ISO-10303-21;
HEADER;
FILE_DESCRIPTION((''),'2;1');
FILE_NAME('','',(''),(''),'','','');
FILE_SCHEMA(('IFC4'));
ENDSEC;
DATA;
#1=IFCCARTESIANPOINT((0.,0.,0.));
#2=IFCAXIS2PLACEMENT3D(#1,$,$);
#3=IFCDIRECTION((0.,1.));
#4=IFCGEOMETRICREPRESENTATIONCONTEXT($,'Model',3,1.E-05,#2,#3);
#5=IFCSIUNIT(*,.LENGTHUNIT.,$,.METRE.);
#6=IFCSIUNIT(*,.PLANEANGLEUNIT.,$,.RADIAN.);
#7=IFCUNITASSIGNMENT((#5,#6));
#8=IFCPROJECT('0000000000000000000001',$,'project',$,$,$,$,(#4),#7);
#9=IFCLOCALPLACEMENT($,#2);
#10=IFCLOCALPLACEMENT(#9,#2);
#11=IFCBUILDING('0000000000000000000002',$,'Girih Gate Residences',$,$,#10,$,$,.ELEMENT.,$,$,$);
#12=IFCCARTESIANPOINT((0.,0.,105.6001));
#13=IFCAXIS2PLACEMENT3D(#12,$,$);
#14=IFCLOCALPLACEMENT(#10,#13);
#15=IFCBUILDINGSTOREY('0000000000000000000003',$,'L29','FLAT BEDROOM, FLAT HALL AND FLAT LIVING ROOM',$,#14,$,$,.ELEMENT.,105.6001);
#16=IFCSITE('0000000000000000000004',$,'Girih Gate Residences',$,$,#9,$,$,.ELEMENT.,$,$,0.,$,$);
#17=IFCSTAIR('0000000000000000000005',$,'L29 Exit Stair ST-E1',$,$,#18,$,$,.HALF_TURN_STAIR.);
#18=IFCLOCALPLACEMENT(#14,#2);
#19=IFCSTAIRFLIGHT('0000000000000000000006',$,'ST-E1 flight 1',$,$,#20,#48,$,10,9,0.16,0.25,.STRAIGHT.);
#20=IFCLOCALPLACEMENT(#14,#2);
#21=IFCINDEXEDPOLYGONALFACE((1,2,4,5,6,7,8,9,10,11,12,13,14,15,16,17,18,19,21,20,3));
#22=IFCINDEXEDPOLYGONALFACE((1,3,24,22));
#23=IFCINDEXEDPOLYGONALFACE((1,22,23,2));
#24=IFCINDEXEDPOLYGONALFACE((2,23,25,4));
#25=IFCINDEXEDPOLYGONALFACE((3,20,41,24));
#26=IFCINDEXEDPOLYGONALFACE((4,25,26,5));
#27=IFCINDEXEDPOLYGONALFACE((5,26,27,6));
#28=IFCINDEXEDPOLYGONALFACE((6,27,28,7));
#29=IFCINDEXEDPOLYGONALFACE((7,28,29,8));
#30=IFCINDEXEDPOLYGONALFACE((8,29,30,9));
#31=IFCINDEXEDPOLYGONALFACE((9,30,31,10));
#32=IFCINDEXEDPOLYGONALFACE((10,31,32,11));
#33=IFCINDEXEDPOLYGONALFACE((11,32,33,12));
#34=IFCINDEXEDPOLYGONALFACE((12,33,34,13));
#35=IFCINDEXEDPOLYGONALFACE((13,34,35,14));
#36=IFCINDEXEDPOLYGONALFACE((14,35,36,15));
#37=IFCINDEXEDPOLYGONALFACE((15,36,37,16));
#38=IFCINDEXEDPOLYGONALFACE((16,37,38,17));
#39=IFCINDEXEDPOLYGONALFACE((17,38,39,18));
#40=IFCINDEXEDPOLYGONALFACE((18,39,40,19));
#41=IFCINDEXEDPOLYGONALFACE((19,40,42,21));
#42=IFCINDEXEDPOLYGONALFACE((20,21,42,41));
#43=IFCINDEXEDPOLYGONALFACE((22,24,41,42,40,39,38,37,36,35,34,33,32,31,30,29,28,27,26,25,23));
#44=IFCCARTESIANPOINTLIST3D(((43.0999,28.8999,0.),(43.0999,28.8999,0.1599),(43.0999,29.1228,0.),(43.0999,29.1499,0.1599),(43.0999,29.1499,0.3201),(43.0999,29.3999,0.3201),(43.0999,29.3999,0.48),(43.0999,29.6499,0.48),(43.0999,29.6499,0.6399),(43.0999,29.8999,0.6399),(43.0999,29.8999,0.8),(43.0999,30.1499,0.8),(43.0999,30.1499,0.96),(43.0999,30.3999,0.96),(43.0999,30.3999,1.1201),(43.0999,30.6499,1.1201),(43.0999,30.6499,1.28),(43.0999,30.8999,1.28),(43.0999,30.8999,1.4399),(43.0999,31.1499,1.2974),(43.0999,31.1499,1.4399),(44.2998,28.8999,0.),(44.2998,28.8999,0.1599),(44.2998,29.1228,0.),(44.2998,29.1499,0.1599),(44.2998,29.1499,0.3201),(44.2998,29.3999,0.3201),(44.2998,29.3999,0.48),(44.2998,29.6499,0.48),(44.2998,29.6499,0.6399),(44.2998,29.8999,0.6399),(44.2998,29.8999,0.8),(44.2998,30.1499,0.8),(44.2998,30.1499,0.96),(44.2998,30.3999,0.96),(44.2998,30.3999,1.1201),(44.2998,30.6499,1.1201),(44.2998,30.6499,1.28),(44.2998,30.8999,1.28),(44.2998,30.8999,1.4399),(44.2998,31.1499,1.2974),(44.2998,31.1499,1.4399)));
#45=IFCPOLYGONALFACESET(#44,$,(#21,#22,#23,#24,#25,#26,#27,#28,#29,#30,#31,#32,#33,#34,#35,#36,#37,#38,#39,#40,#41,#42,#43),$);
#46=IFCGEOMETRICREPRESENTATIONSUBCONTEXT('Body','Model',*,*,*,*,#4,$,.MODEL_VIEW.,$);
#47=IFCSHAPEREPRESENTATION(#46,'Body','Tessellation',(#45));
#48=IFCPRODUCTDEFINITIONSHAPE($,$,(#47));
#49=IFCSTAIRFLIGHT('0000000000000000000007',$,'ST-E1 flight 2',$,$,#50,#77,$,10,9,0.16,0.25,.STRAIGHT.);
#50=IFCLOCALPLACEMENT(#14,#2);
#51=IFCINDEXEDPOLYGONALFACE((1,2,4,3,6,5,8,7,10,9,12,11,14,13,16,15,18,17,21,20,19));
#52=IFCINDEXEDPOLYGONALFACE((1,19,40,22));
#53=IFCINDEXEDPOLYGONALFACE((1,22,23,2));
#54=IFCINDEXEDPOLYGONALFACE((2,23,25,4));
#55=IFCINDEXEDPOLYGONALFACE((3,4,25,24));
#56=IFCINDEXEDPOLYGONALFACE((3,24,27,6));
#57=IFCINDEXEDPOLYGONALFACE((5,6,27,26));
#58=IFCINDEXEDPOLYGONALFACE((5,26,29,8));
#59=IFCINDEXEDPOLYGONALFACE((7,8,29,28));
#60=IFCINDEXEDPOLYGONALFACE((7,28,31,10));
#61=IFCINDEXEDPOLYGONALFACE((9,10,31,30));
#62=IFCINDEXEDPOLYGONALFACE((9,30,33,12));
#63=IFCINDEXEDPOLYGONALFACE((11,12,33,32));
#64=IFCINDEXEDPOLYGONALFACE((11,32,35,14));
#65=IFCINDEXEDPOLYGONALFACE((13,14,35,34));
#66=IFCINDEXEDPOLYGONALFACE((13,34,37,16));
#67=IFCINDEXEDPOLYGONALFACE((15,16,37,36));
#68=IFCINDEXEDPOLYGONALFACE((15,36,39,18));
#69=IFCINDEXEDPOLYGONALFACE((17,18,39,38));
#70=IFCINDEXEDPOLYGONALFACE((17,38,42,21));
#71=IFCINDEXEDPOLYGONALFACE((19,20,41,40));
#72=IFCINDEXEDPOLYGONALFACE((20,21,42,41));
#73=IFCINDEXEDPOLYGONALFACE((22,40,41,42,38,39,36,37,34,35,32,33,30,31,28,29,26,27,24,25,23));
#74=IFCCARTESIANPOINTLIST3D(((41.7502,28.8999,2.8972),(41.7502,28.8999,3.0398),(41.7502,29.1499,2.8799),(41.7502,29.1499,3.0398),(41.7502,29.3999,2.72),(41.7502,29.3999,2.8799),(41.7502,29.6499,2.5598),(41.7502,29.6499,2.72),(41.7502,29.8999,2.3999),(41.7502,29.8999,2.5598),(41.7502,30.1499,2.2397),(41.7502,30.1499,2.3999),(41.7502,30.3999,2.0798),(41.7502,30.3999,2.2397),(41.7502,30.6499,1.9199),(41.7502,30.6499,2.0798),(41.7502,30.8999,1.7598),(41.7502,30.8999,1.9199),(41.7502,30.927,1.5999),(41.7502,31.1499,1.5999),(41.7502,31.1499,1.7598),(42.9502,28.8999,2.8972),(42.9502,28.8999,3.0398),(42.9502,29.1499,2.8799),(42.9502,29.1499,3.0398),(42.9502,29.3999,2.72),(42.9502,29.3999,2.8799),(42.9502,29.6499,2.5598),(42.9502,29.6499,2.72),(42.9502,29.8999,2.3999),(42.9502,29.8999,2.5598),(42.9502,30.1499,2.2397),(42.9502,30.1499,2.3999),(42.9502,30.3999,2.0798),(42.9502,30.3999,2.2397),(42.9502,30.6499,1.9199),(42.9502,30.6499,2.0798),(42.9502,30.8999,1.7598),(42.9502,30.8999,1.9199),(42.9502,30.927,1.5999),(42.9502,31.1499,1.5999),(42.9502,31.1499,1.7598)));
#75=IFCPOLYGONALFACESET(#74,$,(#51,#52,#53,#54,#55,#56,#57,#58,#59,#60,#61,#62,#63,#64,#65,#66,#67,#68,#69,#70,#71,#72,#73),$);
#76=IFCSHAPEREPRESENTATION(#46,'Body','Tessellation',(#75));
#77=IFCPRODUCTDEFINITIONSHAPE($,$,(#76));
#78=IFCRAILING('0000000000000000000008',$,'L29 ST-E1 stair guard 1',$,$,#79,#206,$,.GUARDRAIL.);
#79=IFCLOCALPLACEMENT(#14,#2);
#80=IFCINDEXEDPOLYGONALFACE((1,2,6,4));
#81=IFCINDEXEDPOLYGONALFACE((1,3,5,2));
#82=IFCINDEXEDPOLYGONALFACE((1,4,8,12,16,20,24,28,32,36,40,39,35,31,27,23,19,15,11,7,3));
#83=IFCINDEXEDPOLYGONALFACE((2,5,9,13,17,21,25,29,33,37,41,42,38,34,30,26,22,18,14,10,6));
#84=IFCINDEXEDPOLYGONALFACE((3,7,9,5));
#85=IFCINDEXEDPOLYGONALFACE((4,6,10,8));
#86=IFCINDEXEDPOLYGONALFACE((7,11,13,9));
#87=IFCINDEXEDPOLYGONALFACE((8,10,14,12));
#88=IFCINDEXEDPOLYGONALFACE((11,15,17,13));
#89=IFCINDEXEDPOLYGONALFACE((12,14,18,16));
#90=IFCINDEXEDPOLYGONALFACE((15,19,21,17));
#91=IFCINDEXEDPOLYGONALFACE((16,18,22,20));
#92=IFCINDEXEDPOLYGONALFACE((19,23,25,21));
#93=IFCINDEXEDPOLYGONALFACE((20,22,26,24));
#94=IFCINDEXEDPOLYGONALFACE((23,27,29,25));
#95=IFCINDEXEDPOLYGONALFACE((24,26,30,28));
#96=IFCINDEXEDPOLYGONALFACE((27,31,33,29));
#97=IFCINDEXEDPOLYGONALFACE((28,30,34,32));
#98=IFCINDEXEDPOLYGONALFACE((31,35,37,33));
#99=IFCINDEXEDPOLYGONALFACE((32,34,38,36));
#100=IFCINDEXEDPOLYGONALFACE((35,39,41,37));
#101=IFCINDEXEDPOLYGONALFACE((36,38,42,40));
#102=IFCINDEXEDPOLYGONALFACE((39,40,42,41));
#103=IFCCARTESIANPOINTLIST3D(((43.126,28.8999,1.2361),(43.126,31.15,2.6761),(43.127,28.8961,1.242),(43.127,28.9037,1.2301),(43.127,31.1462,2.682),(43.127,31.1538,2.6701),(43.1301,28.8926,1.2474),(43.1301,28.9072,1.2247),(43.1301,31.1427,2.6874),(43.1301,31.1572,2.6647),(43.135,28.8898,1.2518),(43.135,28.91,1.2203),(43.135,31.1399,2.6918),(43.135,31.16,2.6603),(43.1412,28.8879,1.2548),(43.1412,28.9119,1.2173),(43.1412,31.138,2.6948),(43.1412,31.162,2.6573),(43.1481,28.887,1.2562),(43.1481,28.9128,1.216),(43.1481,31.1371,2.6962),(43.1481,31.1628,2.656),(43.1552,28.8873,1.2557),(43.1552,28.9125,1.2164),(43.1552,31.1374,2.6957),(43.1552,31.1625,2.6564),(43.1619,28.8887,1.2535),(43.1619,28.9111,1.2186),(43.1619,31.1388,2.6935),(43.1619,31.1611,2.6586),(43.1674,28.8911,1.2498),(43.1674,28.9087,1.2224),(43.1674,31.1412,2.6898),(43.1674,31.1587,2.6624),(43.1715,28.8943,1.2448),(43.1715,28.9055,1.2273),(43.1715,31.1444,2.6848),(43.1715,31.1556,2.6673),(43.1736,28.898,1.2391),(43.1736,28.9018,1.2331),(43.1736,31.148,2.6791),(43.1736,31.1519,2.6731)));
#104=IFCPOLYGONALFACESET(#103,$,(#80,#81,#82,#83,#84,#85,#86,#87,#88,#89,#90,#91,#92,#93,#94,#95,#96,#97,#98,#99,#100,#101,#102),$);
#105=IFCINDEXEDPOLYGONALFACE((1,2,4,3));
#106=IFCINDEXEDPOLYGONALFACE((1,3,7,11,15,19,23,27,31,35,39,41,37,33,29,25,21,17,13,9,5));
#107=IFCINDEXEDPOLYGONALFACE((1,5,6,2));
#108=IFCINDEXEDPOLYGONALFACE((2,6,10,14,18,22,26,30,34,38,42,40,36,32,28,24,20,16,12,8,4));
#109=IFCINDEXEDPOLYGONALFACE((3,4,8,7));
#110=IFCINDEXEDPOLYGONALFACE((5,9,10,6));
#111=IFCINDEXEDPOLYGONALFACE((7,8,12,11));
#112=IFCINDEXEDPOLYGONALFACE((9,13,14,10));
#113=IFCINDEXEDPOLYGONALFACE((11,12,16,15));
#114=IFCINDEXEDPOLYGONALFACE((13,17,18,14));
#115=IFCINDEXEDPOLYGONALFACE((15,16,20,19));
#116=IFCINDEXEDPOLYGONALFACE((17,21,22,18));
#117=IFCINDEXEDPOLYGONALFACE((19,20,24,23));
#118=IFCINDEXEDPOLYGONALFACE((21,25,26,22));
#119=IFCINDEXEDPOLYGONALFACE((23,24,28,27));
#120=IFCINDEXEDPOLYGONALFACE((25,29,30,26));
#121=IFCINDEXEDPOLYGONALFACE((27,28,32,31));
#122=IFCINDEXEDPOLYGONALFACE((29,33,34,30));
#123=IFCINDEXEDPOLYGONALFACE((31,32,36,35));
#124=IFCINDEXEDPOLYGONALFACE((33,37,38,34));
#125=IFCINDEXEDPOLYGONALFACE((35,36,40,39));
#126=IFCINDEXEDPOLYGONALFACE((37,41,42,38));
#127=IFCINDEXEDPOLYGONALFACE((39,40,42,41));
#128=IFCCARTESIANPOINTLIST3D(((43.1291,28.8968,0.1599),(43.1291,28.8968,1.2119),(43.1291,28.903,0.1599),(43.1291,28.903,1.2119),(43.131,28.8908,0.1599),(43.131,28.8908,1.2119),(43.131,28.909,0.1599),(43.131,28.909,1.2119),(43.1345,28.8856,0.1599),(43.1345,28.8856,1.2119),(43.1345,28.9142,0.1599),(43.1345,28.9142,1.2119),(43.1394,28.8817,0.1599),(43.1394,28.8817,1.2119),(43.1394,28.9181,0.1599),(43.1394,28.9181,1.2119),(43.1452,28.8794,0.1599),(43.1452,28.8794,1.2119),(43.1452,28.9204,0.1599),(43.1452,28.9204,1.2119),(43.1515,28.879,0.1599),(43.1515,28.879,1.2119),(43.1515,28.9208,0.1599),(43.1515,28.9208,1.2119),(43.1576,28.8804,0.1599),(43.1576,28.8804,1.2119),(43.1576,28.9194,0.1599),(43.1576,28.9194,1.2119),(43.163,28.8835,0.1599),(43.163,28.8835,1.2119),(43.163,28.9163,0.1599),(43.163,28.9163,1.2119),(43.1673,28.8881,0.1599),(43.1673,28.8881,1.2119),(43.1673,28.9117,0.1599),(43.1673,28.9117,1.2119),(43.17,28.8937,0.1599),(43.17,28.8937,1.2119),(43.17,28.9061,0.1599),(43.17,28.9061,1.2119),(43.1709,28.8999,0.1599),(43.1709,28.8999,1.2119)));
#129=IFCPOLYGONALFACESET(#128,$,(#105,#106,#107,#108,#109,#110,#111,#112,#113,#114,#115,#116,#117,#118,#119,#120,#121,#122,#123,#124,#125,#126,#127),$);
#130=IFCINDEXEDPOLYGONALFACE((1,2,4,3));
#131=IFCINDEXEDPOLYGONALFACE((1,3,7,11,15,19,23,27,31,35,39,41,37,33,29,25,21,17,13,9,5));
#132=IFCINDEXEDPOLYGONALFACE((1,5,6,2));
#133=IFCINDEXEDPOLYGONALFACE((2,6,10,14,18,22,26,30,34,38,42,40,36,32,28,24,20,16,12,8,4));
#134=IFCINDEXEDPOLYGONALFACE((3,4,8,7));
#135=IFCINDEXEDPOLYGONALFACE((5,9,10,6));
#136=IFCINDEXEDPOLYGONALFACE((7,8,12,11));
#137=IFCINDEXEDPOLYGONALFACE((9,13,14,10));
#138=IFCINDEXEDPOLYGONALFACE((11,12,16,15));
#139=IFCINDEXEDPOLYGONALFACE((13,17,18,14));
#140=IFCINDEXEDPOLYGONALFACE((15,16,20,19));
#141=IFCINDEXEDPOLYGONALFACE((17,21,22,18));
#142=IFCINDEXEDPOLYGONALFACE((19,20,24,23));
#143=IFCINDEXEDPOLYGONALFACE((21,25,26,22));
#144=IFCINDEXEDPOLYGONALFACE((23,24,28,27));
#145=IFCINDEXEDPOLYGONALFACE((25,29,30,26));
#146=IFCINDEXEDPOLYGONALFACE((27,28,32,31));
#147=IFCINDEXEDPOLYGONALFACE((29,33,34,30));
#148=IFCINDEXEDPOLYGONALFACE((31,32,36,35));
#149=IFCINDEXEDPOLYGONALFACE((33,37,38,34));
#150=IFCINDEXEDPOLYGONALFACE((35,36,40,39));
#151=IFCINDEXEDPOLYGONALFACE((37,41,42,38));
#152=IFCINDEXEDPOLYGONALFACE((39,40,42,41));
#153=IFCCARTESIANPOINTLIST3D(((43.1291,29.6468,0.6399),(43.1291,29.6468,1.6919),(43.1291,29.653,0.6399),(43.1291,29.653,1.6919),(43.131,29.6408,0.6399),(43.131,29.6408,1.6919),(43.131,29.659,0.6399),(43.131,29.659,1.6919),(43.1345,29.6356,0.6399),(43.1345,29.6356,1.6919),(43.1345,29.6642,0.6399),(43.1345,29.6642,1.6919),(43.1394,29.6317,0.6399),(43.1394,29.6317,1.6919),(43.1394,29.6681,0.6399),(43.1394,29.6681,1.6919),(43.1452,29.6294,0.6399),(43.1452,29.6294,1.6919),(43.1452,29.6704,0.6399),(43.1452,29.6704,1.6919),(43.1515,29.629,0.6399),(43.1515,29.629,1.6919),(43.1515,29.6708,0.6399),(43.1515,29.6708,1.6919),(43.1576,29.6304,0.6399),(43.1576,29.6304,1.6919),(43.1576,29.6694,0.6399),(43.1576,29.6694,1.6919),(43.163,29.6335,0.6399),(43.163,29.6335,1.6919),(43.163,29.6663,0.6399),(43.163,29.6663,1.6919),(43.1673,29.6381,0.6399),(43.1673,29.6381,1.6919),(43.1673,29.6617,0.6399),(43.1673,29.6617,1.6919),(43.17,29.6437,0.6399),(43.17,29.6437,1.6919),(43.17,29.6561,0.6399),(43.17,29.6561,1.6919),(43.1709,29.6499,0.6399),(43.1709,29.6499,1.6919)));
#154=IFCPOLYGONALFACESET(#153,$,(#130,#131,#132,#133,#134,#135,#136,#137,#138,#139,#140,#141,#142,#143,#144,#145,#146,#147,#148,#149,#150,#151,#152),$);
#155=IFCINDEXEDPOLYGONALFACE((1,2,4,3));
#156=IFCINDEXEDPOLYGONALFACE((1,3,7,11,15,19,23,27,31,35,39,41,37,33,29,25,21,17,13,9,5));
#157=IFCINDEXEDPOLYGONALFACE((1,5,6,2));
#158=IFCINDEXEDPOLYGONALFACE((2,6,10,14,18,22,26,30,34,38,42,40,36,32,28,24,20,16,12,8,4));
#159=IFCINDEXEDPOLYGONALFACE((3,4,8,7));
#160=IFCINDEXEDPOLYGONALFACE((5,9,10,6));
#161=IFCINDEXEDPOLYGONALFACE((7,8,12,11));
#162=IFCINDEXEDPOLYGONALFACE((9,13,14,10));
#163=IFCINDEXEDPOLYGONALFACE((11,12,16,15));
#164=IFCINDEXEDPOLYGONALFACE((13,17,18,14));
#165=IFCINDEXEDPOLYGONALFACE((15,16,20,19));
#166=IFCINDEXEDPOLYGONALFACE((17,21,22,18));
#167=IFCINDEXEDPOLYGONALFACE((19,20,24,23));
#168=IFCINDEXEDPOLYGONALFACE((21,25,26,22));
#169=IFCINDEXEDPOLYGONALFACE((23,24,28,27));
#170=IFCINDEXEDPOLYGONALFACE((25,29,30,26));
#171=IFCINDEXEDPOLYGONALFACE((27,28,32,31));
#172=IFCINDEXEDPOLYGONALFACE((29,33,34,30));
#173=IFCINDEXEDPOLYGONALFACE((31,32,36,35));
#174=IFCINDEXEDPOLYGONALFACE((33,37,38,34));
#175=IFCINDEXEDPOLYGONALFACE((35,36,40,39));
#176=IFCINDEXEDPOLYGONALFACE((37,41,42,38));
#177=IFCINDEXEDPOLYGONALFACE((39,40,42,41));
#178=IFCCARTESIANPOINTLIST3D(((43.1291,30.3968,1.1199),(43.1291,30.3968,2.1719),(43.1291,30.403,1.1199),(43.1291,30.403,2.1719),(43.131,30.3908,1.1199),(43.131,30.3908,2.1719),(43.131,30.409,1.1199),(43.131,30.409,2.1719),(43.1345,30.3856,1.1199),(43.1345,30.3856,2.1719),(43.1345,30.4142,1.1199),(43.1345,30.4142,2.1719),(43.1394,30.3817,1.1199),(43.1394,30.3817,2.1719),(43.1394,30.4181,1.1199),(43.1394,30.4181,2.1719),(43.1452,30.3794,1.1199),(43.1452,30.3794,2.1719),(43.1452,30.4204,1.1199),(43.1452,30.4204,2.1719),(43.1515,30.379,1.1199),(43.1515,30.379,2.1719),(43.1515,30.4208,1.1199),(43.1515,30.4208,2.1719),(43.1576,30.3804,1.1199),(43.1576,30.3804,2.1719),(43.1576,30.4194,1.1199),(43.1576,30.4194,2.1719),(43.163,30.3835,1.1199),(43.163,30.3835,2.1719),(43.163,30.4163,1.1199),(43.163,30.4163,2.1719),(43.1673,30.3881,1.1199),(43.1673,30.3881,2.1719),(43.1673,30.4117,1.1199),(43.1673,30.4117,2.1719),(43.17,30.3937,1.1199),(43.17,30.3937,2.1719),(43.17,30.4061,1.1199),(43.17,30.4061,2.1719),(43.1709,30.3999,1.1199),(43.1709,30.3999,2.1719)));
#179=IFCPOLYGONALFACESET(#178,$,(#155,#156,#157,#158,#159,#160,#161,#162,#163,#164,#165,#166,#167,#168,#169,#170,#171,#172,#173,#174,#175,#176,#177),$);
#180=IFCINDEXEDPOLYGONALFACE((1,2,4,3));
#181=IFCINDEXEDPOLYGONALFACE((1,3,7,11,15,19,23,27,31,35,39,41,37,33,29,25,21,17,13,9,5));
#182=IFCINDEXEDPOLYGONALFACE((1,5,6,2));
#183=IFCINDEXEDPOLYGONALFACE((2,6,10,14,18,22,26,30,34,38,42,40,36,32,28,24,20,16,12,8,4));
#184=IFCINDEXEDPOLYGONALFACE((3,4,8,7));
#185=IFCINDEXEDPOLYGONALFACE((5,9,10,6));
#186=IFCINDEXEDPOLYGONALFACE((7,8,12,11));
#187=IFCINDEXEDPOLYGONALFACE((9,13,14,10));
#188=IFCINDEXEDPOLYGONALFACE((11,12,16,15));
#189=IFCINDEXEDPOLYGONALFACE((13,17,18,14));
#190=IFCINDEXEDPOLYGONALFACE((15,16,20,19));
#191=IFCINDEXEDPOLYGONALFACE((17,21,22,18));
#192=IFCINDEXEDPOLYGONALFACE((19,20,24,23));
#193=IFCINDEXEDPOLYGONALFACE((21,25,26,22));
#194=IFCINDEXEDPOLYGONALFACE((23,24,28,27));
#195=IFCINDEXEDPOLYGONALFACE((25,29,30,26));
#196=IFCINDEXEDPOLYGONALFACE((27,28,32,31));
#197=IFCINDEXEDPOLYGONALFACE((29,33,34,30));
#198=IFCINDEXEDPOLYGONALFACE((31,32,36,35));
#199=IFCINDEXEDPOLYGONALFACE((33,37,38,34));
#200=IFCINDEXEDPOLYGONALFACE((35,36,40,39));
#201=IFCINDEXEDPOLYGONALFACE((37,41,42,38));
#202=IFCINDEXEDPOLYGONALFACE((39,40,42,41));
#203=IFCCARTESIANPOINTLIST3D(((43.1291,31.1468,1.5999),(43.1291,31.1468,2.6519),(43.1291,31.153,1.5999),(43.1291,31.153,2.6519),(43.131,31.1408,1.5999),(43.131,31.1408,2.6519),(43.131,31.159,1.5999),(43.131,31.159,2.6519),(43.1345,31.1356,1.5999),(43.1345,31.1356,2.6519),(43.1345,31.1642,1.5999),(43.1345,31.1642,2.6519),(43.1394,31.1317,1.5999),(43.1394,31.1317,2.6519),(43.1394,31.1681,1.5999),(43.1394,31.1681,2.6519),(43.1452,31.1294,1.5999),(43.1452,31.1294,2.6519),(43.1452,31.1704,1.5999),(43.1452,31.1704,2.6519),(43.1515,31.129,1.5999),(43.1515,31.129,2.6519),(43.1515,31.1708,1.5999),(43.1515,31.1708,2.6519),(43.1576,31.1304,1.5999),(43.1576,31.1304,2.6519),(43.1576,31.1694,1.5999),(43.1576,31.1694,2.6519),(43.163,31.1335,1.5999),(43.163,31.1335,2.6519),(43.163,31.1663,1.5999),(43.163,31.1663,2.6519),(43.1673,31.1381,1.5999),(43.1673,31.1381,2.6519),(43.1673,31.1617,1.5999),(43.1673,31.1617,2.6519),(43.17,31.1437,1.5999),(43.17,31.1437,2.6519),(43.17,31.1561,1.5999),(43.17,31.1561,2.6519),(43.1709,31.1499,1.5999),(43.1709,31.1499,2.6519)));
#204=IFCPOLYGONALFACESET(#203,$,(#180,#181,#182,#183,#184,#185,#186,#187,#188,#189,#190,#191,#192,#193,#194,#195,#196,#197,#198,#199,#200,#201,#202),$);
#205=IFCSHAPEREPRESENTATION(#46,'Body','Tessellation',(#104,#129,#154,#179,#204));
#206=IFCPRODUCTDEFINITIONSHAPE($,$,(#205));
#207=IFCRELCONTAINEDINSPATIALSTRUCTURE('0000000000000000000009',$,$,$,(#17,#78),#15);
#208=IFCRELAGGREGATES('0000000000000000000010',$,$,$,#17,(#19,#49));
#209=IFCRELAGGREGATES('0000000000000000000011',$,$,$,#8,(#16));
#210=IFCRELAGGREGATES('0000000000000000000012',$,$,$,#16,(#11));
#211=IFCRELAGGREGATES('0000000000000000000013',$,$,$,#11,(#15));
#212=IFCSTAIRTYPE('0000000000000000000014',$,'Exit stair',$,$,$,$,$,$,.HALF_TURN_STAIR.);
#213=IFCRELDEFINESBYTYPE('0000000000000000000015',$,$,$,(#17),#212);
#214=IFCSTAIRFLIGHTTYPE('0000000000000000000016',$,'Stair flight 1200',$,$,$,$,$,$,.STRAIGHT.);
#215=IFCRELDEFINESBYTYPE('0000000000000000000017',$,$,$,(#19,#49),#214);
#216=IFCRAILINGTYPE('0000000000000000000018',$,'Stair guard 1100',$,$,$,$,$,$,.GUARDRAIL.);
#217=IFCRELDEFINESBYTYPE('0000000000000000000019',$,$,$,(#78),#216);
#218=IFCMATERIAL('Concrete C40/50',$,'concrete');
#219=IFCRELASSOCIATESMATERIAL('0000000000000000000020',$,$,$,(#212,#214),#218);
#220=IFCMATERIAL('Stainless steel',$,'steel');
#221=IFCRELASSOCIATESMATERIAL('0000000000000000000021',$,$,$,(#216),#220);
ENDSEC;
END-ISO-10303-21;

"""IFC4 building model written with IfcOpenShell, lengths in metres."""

from ifc_helpers import new_model, si_unit, direction, frame, origin, origin_2d, place, context, subcontext, project, spatial, polyline, circle, outline, extrude, material, type_object, element, aggregate, save


model = new_model("IFC4")

# Units and contexts
model_context = context("Model", 3, precision=1e-05, world=origin(), true_north=direction((0.0, 1.0)))
body_context = subcontext(model_context, "Body", "Model", "MODEL_VIEW")
ifc_project = project(units=[si_unit("LENGTHUNIT", "METRE"), si_unit("PLANEANGLEUNIT", "RADIAN")], contexts=[model_context])

# Site, building, storey
site_placement = place(None, origin())
site = spatial("IfcSite", under=ifc_project, at=site_placement, Name="Girih Gate Residences", CompositionType="ELEMENT", RefElevation=0.0)
building_placement = place(site_placement, origin())
building = spatial("IfcBuilding", under=site, at=building_placement, Name="Girih Gate Residences", CompositionType="ELEMENT")
storey_placement = place(building_placement, frame((0.0, 0.0, 105.6001)))
storey = spatial("IfcBuildingStorey", under=building, at=storey_placement, Name="L29", Description="FLAT BEDROOM, FLAT HALL AND FLAT LIVING ROOM", CompositionType="ELEMENT", Elevation=105.6001)

# Shared definitions
ifc_material_1 = material(Name="Concrete C40/50", Category="concrete")

# Stair, stair flights
stair_type = type_object("IfcStairType", Name="Exit stair", PredefinedType="HALF_TURN_STAIR", material=ifc_material_1)
stair_placement = place(storey_placement, origin())
stair = element("IfcStair", 1, at=stair_placement, inside=storey, type_object=stair_type, Name="L29 Exit Stair ST-E1", PredefinedType="HALF_TURN_STAIR")
stair_flight_type = type_object("IfcStairFlightType", Name="Stair flight 1200", PredefinedType="STRAIGHT", material=ifc_material_1)
stair_flight_1_placement = place(storey_placement, frame((43.7, 28.8999, 0.0), z_axis=(0.0, 0.0, 1.0), x_axis=(0.0, 1.0, 0.0)))
stair_flight_1 = element("IfcStairFlight", 2, at=stair_flight_1_placement, type_object=stair_flight_type, Name="ST-E1 flight 1", NumberOfRisers=10, NumberOfTreads=9, PredefinedType="STRAIGHT", RiserHeight=0.16, TreadLength=0.25, context=body_context, shape_type="SweptSolid", body=[
    extrude(outline(polyline([(0.0, 0.0), (0.0, 0.1599), (0.25, 0.1599), (0.25, 0.3201), (0.5, 0.3201), (0.5, 0.48), (0.75, 0.48), (0.75, 0.6399), (1.0, 0.6399), (1.0, 0.8), (1.25, 0.8), (1.25, 0.96), (1.5, 0.96), (1.5, 1.1201), (1.75, 1.1201), (1.75, 1.28), (2.0, 1.28), (2.0, 1.4399), (2.25, 1.4399), (2.25, 1.6001), (2.25, 1.2974), (0.2229, 0.0), (0.0, 0.0)])), frame((0.0, 0.6001, 0.0), z_axis=(0.0, -1.0, 0.0), x_axis=(1.0, 0.0, 0.0)), (0.0, 0.0, 1.0), 1.2),
])
stair_flight_2_placement = place(storey_placement, frame((42.3501, 31.1499, 1.5999), z_axis=(0.0, 0.0, 1.0), x_axis=(0.0, -1.0, 0.0)))
stair_flight_2 = element("IfcStairFlight", 3, at=stair_flight_2_placement, type_object=stair_flight_type, Name="ST-E1 flight 2", NumberOfRisers=10, NumberOfTreads=9, PredefinedType="STRAIGHT", RiserHeight=0.16, TreadLength=0.25, context=body_context, shape_type="SweptSolid", body=[
    extrude(outline(polyline([(0.0, 0.0), (0.0, 0.1599), (0.25, 0.1599), (0.25, 0.3201), (0.5, 0.3201), (0.5, 0.48), (0.75, 0.48), (0.75, 0.6399), (1.0, 0.6399), (1.0, 0.8), (1.25, 0.8), (1.25, 0.96), (1.5, 0.96), (1.5, 1.1201), (1.75, 1.1201), (1.75, 1.28), (2.0, 1.28), (2.0, 1.4399), (2.25, 1.4399), (2.25, 1.6001), (2.25, 1.2974), (0.2229, 0.0), (0.0, 0.0)])), frame((0.0, 0.6001, 0.0), z_axis=(0.0, -1.0, 0.0), x_axis=(1.0, 0.0, 0.0)), (0.0, 0.0, 1.0), 1.2),
])
aggregate(stair, [stair_flight_1, stair_flight_2])

# Railing
ifc_material_2 = material(Name="Stainless steel", Category="steel")
railing_type_1 = type_object("IfcRailingType", Name="Stair guard 1100", PredefinedType="GUARDRAIL", material=ifc_material_2)
railing_1_placement = place(storey_placement, frame((43.1499, 28.8999, 0.1599)))
element("IfcRailing", 4, at=railing_1_placement, inside=storey, type_object=railing_type_1, Name="L29 ST-E1 stair guard 1", PredefinedType="GUARDRAIL", context=body_context, shape_type="SweptSolid", body=[
    extrude(circle(Radius=0.0239, at=origin_2d()), frame((0.0, 0.0, 1.0762), z_axis=(0.0, 0.842281, 0.539038), x_axis=(-1.0, 0.0, 0.0)), (0.0, 0.0, 1.0), 2.6714),
    extrude(circle(Radius=0.021, at=origin_2d()), origin(), (0.0, 0.0, 1.0), 1.052),
    extrude(circle(Radius=0.021, at=origin_2d()), frame((0.0, 0.75, 0.48)), (0.0, 0.0, 1.0), 1.052),
    extrude(circle(Radius=0.021, at=origin_2d()), frame((0.0, 1.5, 0.96)), (0.0, 0.0, 1.0), 1.052),
    extrude(circle(Radius=0.021, at=origin_2d()), frame((0.0, 2.25, 1.4399)), (0.0, 0.0, 1.0), 1.052),
])

save(model, "model.ifc")
